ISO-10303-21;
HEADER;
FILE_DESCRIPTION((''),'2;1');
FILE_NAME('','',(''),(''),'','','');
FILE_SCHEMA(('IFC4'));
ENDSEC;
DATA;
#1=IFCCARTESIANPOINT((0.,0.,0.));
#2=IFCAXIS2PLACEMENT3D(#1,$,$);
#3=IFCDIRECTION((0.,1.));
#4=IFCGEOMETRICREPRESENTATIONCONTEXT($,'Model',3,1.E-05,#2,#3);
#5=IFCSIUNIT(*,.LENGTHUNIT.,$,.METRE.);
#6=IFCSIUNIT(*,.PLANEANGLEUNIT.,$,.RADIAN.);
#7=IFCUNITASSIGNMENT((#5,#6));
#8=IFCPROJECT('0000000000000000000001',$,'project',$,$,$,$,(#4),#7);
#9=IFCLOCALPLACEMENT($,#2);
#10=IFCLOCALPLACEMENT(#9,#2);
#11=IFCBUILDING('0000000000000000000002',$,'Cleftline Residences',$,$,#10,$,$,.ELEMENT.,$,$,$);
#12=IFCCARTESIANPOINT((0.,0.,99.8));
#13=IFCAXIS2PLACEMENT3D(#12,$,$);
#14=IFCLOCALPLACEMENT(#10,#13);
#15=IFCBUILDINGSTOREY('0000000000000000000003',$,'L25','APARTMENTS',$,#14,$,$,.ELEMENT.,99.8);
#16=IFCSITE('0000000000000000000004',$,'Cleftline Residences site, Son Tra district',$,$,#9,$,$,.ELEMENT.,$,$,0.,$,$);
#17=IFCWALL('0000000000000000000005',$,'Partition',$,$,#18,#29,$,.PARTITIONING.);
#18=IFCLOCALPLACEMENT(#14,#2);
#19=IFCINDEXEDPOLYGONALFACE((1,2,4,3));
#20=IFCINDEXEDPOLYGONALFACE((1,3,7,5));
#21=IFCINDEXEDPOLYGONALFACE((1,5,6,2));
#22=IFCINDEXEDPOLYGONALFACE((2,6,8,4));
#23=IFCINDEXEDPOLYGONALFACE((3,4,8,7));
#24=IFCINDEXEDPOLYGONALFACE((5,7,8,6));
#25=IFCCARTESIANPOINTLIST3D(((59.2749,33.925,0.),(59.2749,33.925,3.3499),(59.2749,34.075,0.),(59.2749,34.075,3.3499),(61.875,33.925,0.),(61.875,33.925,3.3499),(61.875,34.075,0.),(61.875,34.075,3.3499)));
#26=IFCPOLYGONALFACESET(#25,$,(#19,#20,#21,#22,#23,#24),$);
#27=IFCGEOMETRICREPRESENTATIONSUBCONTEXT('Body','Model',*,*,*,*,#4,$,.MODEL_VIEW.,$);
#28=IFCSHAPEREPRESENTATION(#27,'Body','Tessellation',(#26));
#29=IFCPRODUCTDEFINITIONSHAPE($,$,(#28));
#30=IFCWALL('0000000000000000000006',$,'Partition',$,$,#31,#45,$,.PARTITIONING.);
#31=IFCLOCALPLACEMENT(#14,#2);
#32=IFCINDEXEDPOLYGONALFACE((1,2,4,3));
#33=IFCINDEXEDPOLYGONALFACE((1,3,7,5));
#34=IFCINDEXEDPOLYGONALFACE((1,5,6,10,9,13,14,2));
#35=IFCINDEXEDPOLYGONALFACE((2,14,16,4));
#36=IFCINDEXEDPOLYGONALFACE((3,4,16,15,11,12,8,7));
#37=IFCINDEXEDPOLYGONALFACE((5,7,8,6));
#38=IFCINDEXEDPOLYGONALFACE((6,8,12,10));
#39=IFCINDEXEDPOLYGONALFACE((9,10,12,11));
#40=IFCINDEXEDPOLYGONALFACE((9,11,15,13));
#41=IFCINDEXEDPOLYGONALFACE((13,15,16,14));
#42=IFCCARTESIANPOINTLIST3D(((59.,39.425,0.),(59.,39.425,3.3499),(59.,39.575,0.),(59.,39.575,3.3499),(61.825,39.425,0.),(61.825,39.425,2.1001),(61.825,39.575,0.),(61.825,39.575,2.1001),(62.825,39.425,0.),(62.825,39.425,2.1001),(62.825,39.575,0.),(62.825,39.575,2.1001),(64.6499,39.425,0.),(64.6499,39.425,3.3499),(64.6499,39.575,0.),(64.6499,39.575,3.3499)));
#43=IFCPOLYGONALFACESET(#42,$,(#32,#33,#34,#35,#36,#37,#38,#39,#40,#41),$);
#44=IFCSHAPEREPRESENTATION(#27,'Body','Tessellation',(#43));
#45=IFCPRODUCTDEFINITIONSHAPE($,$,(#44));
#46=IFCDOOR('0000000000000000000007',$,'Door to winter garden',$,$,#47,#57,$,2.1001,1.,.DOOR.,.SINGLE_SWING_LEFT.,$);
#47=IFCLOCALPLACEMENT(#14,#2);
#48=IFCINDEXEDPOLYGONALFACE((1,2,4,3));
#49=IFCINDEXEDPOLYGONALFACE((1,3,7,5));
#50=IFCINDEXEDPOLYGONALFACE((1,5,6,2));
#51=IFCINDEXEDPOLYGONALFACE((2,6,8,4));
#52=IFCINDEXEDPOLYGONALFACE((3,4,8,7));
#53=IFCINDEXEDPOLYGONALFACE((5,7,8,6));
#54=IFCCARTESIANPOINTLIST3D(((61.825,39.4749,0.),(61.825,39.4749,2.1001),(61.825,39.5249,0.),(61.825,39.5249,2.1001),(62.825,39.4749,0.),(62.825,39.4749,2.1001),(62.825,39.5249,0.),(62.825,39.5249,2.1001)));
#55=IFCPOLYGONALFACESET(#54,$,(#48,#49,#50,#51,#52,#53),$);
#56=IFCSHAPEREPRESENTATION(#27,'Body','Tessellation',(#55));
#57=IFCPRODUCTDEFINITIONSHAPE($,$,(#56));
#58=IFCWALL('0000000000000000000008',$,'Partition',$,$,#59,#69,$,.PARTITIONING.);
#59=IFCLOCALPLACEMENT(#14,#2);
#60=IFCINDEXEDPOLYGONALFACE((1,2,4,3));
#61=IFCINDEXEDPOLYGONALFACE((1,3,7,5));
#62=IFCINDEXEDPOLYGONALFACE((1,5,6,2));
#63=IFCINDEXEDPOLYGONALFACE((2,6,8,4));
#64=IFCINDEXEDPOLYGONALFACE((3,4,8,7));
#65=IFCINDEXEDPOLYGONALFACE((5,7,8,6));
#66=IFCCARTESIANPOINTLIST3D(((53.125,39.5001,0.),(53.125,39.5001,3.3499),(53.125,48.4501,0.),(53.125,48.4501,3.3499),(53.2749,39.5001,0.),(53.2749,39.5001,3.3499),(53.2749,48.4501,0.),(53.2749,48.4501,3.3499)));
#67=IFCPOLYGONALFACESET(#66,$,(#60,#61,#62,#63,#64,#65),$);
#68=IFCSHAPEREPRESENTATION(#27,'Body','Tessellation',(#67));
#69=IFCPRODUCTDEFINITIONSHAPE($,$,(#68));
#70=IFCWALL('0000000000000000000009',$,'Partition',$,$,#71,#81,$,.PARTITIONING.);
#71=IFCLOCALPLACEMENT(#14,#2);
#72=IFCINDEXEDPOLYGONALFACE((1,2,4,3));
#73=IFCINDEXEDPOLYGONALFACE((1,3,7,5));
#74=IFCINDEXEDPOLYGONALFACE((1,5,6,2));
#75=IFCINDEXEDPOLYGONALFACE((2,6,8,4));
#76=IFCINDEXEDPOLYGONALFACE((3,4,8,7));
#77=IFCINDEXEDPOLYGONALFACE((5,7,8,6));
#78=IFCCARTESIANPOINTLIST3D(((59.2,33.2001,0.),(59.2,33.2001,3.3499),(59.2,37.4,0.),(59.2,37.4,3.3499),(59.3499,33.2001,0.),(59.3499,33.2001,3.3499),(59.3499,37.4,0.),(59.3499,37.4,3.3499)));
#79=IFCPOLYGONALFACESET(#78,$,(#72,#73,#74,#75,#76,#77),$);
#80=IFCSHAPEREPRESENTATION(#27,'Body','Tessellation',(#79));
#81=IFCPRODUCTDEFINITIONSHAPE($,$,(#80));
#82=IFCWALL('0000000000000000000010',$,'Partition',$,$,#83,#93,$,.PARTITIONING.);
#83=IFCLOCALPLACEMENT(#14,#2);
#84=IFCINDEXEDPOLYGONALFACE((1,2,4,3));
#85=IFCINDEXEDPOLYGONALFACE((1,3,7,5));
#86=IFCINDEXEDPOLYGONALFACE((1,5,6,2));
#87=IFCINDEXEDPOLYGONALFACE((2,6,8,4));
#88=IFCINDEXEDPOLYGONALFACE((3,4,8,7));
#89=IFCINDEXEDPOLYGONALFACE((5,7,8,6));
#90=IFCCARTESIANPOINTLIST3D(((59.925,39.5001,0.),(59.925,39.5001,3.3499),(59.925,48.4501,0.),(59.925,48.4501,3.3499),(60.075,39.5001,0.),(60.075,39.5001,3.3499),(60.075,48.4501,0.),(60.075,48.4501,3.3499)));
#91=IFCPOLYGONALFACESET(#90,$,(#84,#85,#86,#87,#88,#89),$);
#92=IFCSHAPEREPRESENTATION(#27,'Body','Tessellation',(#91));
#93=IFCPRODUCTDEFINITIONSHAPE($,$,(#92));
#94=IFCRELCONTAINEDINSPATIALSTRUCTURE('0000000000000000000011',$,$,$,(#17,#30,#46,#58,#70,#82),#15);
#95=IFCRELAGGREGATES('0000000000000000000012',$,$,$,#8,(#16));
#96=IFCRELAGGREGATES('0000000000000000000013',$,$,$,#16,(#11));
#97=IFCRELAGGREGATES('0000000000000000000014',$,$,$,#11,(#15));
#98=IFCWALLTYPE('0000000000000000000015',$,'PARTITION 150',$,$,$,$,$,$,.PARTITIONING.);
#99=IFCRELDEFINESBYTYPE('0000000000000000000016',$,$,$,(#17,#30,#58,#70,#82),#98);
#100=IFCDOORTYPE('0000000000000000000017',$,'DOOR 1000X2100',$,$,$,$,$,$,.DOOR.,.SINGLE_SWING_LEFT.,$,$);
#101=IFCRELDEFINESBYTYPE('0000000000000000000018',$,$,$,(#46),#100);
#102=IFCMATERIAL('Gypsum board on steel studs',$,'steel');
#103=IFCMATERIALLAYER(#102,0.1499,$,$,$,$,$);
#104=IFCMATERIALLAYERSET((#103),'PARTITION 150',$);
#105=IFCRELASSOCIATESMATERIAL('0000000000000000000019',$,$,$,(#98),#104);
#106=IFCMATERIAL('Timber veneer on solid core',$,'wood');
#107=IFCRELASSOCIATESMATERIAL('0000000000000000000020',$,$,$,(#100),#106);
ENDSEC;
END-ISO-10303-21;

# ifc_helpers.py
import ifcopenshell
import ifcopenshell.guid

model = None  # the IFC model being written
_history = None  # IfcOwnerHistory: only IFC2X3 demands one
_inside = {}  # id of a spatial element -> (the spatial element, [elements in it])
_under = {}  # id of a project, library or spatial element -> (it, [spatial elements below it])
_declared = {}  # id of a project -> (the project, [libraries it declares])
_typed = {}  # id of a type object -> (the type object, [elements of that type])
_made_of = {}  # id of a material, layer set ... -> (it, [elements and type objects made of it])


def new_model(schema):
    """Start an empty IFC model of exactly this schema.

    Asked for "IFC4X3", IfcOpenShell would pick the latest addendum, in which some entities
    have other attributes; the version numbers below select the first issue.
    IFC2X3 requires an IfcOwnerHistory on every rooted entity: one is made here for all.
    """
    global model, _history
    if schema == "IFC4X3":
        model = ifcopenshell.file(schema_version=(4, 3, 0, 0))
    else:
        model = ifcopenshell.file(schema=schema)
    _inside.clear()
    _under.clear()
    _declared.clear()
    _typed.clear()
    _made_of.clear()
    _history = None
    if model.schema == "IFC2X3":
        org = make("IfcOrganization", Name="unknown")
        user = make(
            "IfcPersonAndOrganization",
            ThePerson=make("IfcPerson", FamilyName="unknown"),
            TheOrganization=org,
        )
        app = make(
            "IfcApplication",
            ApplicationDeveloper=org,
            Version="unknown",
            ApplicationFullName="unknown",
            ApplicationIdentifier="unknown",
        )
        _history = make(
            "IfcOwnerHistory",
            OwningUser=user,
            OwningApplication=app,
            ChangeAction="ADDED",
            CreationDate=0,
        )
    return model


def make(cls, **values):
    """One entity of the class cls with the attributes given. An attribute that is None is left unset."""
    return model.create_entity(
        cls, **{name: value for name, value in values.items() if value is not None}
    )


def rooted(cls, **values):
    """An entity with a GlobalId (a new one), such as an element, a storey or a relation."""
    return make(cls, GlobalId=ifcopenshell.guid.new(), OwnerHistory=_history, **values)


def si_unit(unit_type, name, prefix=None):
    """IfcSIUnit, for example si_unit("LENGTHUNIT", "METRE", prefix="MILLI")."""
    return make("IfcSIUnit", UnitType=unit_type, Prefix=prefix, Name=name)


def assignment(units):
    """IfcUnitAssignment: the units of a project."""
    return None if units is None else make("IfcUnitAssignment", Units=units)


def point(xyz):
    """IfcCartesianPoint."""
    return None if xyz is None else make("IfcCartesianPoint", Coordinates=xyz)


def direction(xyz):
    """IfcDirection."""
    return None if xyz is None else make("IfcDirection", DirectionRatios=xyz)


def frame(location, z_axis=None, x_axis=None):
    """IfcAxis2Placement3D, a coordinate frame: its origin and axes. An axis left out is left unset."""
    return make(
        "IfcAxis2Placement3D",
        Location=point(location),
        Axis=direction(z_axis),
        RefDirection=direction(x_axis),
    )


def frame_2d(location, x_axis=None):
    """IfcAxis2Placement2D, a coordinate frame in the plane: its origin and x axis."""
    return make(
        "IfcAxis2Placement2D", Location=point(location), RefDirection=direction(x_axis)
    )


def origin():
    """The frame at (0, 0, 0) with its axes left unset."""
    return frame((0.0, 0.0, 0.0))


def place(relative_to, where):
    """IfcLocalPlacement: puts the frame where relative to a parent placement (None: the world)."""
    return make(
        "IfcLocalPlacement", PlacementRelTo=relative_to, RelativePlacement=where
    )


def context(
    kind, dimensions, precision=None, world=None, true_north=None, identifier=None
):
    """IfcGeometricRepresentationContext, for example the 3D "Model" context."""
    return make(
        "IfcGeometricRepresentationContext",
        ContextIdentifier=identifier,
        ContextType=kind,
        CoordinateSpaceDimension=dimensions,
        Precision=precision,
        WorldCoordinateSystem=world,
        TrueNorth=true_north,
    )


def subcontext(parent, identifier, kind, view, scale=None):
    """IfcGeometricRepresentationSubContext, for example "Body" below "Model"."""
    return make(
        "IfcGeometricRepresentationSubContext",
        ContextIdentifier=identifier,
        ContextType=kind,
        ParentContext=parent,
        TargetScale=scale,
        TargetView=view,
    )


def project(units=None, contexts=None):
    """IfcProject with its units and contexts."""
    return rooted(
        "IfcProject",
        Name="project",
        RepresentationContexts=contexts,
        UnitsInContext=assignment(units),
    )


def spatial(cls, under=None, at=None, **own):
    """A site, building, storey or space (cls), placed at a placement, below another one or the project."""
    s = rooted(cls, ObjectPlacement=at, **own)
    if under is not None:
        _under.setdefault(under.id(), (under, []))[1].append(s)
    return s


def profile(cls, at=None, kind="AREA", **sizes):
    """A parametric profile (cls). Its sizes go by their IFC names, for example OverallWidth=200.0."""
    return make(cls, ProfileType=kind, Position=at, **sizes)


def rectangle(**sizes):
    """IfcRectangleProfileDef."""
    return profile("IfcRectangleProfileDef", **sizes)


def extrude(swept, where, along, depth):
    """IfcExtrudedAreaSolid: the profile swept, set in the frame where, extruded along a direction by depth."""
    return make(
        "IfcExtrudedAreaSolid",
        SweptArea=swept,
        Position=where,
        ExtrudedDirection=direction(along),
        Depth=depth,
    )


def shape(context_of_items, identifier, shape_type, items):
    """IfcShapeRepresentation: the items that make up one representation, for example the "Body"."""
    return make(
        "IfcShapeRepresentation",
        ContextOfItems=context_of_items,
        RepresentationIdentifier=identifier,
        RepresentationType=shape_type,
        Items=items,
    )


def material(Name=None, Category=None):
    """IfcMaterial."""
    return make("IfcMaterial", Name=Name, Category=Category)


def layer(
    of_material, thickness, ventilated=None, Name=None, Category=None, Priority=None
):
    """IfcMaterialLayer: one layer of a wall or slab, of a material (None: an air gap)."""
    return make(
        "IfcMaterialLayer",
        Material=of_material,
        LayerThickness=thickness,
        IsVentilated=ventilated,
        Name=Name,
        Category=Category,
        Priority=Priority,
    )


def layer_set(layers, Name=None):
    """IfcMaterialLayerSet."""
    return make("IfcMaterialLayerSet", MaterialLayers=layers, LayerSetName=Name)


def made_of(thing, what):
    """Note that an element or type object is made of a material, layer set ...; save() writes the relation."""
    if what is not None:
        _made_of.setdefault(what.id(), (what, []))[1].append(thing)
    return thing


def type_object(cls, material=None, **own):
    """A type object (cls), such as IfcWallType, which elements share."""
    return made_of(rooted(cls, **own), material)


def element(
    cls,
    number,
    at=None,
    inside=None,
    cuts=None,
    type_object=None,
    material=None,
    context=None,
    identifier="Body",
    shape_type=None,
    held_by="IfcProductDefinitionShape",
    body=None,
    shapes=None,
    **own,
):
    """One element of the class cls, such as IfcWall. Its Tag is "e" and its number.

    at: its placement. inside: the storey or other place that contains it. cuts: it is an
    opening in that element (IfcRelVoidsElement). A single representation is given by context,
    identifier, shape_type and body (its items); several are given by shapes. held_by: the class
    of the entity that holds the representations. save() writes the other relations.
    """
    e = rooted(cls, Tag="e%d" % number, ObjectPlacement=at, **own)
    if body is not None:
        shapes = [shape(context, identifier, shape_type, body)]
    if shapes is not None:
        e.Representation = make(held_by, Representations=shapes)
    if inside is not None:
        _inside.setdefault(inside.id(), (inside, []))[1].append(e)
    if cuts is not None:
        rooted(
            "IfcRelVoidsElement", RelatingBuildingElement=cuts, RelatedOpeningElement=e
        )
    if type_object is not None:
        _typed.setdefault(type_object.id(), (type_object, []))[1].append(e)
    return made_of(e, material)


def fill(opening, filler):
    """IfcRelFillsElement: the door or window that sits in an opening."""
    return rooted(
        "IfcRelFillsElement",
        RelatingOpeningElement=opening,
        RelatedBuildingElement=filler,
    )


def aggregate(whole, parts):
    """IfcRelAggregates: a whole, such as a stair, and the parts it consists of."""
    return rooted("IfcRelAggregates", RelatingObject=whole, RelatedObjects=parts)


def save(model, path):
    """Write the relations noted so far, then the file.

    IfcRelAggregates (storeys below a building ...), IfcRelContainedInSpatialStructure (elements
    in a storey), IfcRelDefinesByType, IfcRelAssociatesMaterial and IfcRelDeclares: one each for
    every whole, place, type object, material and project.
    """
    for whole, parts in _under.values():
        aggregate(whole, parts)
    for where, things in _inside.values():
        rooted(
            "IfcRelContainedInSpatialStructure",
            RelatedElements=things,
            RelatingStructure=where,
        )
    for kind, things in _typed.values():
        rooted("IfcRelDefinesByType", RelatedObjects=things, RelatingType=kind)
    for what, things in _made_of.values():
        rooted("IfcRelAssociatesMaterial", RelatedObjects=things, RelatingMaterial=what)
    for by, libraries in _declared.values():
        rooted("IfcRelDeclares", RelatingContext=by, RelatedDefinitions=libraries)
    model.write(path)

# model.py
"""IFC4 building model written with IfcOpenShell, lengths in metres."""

from ifc_helpers import new_model, si_unit, direction, frame, frame_2d, origin, place, context, subcontext, project, spatial, rectangle, extrude, material, layer, layer_set, type_object, element, fill, save


model = new_model("IFC4")

# Units and contexts
model_context = context("Model", 3, precision=1e-05, world=origin(), true_north=direction((0.0, 1.0)))
body_context = subcontext(model_context, "Body", "Model", "MODEL_VIEW")
ifc_project = project(units=[si_unit("LENGTHUNIT", "METRE"), si_unit("PLANEANGLEUNIT", "RADIAN")], contexts=[model_context])

# Site, building, storey
site_placement = place(None, origin())
site = spatial("IfcSite", under=ifc_project, at=site_placement, Name="Cleftline Residences site, Son Tra district", CompositionType="ELEMENT", RefElevation=0.0)
building_placement = place(site_placement, origin())
building = spatial("IfcBuilding", under=site, at=building_placement, Name="Cleftline Residences", CompositionType="ELEMENT")
storey_placement = place(building_placement, frame((0.0, 0.0, 99.8)))
storey = spatial("IfcBuildingStorey", under=building, at=storey_placement, Name="L25", Description="APARTMENTS", CompositionType="ELEMENT", Elevation=99.8)

# Wall
ifc_material_1 = material(Name="Gypsum board on steel studs", Category="steel")
ifc_layer = layer(ifc_material_1, 0.1499)
ifc_layer_set = layer_set([ifc_layer], Name="PARTITION 150")
wall_type = type_object("IfcWallType", Name="PARTITION 150", PredefinedType="PARTITIONING", material=ifc_layer_set)
wall_1_placement = place(storey_placement, frame((59.2749, 34.0, 0.0), z_axis=(0.0, 0.0, 1.0), x_axis=(1.0, 0.0, 0.0)))
element("IfcWall", 1, at=wall_1_placement, inside=storey, type_object=wall_type, Name="Partition", PredefinedType="PARTITIONING", context=body_context, shape_type="SweptSolid", body=[
    extrude(rectangle(XDim=2.6001, YDim=0.1499, at=frame_2d((1.3, 0.0))), origin(), (0.0, 0.0, 1.0), 3.3499),
])

# Wall, opening, door
wall_2_placement = place(storey_placement, frame((59.0, 39.5, 0.0), z_axis=(0.0, 0.0, 1.0), x_axis=(1.0, 0.0, 0.0)))
wall_2 = element("IfcWall", 2, at=wall_2_placement, inside=storey, type_object=wall_type, Name="Partition", PredefinedType="PARTITIONING", context=body_context, shape_type="SweptSolid", body=[
    extrude(rectangle(XDim=5.6499, YDim=0.1499, at=frame_2d((2.825, 0.0))), origin(), (0.0, 0.0, 1.0), 3.3499),
])
opening_placement = place(wall_2_placement, frame((2.825, 0.0, 0.0)))
opening = element("IfcOpeningElement", 3, at=opening_placement, cuts=wall_2, PredefinedType="OPENING", context=body_context, shape_type="SweptSolid", body=[
    extrude(rectangle(XDim=1.0, YDim=2.1001, at=frame_2d((0.5, 1.05))), frame((0.0, 0.085, 0.0), z_axis=(0.0, -1.0, 0.0), x_axis=(1.0, 0.0, 0.0)), (0.0, 0.0, 1.0), 0.1699),
])
ifc_material_2 = material(Name="Timber veneer on solid core", Category="wood")
door_type = type_object("IfcDoorType", Name="DOOR 1000X2100", OperationType="SINGLE_SWING_LEFT", PredefinedType="DOOR", material=ifc_material_2)
door_placement = place(opening_placement, origin())
door = element("IfcDoor", 4, at=door_placement, inside=storey, type_object=door_type, Name="Door to winter garden", OperationType="SINGLE_SWING_LEFT", OverallHeight=2.1001, OverallWidth=1.0, PredefinedType="DOOR", context=body_context, shape_type="SweptSolid", body=[
    extrude(rectangle(XDim=1.0, YDim=2.1001, at=frame_2d((0.5, 1.05))), frame((0.0, 0.0249, 0.0), z_axis=(0.0, -1.0, 0.0), x_axis=(1.0, 0.0, 0.0)), (0.0, 0.0, 1.0), 0.05),
])
fill(opening, door)

# Walls
wall_3_placement = place(storey_placement, frame((53.2, 39.5, 0.0), z_axis=(0.0, 0.0, 1.0), x_axis=(0.0, 1.0, 0.0)))
element("IfcWall", 5, at=wall_3_placement, inside=storey, type_object=wall_type, Name="Partition", PredefinedType="PARTITIONING", context=body_context, shape_type="SweptSolid", body=[
    extrude(rectangle(XDim=8.95, YDim=0.1499, at=frame_2d((4.4751, 0.0))), origin(), (0.0, 0.0, 1.0), 3.3499),
])
wall_4_placement = place(storey_placement, frame((59.2749, 33.2, 0.0), z_axis=(0.0, 0.0, 1.0), x_axis=(0.0, 1.0, 0.0)))
element("IfcWall", 6, at=wall_4_placement, inside=storey, type_object=wall_type, Name="Partition", PredefinedType="PARTITIONING", context=body_context, shape_type="SweptSolid", body=[
    extrude(rectangle(XDim=4.2, YDim=0.1499, at=frame_2d((2.1001, 0.0))), origin(), (0.0, 0.0, 1.0), 3.3499),
])
wall_5_placement = place(storey_placement, frame((60.0, 39.5, 0.0), z_axis=(0.0, 0.0, 1.0), x_axis=(0.0, 1.0, 0.0)))
element("IfcWall", 7, at=wall_5_placement, inside=storey, type_object=wall_type, Name="Partition", PredefinedType="PARTITIONING", context=body_context, shape_type="SweptSolid", body=[
    extrude(rectangle(XDim=8.95, YDim=0.1499, at=frame_2d((4.4751, 0.0))), origin(), (0.0, 0.0, 1.0), 3.3499),
])

save(model, "model.ifc")
